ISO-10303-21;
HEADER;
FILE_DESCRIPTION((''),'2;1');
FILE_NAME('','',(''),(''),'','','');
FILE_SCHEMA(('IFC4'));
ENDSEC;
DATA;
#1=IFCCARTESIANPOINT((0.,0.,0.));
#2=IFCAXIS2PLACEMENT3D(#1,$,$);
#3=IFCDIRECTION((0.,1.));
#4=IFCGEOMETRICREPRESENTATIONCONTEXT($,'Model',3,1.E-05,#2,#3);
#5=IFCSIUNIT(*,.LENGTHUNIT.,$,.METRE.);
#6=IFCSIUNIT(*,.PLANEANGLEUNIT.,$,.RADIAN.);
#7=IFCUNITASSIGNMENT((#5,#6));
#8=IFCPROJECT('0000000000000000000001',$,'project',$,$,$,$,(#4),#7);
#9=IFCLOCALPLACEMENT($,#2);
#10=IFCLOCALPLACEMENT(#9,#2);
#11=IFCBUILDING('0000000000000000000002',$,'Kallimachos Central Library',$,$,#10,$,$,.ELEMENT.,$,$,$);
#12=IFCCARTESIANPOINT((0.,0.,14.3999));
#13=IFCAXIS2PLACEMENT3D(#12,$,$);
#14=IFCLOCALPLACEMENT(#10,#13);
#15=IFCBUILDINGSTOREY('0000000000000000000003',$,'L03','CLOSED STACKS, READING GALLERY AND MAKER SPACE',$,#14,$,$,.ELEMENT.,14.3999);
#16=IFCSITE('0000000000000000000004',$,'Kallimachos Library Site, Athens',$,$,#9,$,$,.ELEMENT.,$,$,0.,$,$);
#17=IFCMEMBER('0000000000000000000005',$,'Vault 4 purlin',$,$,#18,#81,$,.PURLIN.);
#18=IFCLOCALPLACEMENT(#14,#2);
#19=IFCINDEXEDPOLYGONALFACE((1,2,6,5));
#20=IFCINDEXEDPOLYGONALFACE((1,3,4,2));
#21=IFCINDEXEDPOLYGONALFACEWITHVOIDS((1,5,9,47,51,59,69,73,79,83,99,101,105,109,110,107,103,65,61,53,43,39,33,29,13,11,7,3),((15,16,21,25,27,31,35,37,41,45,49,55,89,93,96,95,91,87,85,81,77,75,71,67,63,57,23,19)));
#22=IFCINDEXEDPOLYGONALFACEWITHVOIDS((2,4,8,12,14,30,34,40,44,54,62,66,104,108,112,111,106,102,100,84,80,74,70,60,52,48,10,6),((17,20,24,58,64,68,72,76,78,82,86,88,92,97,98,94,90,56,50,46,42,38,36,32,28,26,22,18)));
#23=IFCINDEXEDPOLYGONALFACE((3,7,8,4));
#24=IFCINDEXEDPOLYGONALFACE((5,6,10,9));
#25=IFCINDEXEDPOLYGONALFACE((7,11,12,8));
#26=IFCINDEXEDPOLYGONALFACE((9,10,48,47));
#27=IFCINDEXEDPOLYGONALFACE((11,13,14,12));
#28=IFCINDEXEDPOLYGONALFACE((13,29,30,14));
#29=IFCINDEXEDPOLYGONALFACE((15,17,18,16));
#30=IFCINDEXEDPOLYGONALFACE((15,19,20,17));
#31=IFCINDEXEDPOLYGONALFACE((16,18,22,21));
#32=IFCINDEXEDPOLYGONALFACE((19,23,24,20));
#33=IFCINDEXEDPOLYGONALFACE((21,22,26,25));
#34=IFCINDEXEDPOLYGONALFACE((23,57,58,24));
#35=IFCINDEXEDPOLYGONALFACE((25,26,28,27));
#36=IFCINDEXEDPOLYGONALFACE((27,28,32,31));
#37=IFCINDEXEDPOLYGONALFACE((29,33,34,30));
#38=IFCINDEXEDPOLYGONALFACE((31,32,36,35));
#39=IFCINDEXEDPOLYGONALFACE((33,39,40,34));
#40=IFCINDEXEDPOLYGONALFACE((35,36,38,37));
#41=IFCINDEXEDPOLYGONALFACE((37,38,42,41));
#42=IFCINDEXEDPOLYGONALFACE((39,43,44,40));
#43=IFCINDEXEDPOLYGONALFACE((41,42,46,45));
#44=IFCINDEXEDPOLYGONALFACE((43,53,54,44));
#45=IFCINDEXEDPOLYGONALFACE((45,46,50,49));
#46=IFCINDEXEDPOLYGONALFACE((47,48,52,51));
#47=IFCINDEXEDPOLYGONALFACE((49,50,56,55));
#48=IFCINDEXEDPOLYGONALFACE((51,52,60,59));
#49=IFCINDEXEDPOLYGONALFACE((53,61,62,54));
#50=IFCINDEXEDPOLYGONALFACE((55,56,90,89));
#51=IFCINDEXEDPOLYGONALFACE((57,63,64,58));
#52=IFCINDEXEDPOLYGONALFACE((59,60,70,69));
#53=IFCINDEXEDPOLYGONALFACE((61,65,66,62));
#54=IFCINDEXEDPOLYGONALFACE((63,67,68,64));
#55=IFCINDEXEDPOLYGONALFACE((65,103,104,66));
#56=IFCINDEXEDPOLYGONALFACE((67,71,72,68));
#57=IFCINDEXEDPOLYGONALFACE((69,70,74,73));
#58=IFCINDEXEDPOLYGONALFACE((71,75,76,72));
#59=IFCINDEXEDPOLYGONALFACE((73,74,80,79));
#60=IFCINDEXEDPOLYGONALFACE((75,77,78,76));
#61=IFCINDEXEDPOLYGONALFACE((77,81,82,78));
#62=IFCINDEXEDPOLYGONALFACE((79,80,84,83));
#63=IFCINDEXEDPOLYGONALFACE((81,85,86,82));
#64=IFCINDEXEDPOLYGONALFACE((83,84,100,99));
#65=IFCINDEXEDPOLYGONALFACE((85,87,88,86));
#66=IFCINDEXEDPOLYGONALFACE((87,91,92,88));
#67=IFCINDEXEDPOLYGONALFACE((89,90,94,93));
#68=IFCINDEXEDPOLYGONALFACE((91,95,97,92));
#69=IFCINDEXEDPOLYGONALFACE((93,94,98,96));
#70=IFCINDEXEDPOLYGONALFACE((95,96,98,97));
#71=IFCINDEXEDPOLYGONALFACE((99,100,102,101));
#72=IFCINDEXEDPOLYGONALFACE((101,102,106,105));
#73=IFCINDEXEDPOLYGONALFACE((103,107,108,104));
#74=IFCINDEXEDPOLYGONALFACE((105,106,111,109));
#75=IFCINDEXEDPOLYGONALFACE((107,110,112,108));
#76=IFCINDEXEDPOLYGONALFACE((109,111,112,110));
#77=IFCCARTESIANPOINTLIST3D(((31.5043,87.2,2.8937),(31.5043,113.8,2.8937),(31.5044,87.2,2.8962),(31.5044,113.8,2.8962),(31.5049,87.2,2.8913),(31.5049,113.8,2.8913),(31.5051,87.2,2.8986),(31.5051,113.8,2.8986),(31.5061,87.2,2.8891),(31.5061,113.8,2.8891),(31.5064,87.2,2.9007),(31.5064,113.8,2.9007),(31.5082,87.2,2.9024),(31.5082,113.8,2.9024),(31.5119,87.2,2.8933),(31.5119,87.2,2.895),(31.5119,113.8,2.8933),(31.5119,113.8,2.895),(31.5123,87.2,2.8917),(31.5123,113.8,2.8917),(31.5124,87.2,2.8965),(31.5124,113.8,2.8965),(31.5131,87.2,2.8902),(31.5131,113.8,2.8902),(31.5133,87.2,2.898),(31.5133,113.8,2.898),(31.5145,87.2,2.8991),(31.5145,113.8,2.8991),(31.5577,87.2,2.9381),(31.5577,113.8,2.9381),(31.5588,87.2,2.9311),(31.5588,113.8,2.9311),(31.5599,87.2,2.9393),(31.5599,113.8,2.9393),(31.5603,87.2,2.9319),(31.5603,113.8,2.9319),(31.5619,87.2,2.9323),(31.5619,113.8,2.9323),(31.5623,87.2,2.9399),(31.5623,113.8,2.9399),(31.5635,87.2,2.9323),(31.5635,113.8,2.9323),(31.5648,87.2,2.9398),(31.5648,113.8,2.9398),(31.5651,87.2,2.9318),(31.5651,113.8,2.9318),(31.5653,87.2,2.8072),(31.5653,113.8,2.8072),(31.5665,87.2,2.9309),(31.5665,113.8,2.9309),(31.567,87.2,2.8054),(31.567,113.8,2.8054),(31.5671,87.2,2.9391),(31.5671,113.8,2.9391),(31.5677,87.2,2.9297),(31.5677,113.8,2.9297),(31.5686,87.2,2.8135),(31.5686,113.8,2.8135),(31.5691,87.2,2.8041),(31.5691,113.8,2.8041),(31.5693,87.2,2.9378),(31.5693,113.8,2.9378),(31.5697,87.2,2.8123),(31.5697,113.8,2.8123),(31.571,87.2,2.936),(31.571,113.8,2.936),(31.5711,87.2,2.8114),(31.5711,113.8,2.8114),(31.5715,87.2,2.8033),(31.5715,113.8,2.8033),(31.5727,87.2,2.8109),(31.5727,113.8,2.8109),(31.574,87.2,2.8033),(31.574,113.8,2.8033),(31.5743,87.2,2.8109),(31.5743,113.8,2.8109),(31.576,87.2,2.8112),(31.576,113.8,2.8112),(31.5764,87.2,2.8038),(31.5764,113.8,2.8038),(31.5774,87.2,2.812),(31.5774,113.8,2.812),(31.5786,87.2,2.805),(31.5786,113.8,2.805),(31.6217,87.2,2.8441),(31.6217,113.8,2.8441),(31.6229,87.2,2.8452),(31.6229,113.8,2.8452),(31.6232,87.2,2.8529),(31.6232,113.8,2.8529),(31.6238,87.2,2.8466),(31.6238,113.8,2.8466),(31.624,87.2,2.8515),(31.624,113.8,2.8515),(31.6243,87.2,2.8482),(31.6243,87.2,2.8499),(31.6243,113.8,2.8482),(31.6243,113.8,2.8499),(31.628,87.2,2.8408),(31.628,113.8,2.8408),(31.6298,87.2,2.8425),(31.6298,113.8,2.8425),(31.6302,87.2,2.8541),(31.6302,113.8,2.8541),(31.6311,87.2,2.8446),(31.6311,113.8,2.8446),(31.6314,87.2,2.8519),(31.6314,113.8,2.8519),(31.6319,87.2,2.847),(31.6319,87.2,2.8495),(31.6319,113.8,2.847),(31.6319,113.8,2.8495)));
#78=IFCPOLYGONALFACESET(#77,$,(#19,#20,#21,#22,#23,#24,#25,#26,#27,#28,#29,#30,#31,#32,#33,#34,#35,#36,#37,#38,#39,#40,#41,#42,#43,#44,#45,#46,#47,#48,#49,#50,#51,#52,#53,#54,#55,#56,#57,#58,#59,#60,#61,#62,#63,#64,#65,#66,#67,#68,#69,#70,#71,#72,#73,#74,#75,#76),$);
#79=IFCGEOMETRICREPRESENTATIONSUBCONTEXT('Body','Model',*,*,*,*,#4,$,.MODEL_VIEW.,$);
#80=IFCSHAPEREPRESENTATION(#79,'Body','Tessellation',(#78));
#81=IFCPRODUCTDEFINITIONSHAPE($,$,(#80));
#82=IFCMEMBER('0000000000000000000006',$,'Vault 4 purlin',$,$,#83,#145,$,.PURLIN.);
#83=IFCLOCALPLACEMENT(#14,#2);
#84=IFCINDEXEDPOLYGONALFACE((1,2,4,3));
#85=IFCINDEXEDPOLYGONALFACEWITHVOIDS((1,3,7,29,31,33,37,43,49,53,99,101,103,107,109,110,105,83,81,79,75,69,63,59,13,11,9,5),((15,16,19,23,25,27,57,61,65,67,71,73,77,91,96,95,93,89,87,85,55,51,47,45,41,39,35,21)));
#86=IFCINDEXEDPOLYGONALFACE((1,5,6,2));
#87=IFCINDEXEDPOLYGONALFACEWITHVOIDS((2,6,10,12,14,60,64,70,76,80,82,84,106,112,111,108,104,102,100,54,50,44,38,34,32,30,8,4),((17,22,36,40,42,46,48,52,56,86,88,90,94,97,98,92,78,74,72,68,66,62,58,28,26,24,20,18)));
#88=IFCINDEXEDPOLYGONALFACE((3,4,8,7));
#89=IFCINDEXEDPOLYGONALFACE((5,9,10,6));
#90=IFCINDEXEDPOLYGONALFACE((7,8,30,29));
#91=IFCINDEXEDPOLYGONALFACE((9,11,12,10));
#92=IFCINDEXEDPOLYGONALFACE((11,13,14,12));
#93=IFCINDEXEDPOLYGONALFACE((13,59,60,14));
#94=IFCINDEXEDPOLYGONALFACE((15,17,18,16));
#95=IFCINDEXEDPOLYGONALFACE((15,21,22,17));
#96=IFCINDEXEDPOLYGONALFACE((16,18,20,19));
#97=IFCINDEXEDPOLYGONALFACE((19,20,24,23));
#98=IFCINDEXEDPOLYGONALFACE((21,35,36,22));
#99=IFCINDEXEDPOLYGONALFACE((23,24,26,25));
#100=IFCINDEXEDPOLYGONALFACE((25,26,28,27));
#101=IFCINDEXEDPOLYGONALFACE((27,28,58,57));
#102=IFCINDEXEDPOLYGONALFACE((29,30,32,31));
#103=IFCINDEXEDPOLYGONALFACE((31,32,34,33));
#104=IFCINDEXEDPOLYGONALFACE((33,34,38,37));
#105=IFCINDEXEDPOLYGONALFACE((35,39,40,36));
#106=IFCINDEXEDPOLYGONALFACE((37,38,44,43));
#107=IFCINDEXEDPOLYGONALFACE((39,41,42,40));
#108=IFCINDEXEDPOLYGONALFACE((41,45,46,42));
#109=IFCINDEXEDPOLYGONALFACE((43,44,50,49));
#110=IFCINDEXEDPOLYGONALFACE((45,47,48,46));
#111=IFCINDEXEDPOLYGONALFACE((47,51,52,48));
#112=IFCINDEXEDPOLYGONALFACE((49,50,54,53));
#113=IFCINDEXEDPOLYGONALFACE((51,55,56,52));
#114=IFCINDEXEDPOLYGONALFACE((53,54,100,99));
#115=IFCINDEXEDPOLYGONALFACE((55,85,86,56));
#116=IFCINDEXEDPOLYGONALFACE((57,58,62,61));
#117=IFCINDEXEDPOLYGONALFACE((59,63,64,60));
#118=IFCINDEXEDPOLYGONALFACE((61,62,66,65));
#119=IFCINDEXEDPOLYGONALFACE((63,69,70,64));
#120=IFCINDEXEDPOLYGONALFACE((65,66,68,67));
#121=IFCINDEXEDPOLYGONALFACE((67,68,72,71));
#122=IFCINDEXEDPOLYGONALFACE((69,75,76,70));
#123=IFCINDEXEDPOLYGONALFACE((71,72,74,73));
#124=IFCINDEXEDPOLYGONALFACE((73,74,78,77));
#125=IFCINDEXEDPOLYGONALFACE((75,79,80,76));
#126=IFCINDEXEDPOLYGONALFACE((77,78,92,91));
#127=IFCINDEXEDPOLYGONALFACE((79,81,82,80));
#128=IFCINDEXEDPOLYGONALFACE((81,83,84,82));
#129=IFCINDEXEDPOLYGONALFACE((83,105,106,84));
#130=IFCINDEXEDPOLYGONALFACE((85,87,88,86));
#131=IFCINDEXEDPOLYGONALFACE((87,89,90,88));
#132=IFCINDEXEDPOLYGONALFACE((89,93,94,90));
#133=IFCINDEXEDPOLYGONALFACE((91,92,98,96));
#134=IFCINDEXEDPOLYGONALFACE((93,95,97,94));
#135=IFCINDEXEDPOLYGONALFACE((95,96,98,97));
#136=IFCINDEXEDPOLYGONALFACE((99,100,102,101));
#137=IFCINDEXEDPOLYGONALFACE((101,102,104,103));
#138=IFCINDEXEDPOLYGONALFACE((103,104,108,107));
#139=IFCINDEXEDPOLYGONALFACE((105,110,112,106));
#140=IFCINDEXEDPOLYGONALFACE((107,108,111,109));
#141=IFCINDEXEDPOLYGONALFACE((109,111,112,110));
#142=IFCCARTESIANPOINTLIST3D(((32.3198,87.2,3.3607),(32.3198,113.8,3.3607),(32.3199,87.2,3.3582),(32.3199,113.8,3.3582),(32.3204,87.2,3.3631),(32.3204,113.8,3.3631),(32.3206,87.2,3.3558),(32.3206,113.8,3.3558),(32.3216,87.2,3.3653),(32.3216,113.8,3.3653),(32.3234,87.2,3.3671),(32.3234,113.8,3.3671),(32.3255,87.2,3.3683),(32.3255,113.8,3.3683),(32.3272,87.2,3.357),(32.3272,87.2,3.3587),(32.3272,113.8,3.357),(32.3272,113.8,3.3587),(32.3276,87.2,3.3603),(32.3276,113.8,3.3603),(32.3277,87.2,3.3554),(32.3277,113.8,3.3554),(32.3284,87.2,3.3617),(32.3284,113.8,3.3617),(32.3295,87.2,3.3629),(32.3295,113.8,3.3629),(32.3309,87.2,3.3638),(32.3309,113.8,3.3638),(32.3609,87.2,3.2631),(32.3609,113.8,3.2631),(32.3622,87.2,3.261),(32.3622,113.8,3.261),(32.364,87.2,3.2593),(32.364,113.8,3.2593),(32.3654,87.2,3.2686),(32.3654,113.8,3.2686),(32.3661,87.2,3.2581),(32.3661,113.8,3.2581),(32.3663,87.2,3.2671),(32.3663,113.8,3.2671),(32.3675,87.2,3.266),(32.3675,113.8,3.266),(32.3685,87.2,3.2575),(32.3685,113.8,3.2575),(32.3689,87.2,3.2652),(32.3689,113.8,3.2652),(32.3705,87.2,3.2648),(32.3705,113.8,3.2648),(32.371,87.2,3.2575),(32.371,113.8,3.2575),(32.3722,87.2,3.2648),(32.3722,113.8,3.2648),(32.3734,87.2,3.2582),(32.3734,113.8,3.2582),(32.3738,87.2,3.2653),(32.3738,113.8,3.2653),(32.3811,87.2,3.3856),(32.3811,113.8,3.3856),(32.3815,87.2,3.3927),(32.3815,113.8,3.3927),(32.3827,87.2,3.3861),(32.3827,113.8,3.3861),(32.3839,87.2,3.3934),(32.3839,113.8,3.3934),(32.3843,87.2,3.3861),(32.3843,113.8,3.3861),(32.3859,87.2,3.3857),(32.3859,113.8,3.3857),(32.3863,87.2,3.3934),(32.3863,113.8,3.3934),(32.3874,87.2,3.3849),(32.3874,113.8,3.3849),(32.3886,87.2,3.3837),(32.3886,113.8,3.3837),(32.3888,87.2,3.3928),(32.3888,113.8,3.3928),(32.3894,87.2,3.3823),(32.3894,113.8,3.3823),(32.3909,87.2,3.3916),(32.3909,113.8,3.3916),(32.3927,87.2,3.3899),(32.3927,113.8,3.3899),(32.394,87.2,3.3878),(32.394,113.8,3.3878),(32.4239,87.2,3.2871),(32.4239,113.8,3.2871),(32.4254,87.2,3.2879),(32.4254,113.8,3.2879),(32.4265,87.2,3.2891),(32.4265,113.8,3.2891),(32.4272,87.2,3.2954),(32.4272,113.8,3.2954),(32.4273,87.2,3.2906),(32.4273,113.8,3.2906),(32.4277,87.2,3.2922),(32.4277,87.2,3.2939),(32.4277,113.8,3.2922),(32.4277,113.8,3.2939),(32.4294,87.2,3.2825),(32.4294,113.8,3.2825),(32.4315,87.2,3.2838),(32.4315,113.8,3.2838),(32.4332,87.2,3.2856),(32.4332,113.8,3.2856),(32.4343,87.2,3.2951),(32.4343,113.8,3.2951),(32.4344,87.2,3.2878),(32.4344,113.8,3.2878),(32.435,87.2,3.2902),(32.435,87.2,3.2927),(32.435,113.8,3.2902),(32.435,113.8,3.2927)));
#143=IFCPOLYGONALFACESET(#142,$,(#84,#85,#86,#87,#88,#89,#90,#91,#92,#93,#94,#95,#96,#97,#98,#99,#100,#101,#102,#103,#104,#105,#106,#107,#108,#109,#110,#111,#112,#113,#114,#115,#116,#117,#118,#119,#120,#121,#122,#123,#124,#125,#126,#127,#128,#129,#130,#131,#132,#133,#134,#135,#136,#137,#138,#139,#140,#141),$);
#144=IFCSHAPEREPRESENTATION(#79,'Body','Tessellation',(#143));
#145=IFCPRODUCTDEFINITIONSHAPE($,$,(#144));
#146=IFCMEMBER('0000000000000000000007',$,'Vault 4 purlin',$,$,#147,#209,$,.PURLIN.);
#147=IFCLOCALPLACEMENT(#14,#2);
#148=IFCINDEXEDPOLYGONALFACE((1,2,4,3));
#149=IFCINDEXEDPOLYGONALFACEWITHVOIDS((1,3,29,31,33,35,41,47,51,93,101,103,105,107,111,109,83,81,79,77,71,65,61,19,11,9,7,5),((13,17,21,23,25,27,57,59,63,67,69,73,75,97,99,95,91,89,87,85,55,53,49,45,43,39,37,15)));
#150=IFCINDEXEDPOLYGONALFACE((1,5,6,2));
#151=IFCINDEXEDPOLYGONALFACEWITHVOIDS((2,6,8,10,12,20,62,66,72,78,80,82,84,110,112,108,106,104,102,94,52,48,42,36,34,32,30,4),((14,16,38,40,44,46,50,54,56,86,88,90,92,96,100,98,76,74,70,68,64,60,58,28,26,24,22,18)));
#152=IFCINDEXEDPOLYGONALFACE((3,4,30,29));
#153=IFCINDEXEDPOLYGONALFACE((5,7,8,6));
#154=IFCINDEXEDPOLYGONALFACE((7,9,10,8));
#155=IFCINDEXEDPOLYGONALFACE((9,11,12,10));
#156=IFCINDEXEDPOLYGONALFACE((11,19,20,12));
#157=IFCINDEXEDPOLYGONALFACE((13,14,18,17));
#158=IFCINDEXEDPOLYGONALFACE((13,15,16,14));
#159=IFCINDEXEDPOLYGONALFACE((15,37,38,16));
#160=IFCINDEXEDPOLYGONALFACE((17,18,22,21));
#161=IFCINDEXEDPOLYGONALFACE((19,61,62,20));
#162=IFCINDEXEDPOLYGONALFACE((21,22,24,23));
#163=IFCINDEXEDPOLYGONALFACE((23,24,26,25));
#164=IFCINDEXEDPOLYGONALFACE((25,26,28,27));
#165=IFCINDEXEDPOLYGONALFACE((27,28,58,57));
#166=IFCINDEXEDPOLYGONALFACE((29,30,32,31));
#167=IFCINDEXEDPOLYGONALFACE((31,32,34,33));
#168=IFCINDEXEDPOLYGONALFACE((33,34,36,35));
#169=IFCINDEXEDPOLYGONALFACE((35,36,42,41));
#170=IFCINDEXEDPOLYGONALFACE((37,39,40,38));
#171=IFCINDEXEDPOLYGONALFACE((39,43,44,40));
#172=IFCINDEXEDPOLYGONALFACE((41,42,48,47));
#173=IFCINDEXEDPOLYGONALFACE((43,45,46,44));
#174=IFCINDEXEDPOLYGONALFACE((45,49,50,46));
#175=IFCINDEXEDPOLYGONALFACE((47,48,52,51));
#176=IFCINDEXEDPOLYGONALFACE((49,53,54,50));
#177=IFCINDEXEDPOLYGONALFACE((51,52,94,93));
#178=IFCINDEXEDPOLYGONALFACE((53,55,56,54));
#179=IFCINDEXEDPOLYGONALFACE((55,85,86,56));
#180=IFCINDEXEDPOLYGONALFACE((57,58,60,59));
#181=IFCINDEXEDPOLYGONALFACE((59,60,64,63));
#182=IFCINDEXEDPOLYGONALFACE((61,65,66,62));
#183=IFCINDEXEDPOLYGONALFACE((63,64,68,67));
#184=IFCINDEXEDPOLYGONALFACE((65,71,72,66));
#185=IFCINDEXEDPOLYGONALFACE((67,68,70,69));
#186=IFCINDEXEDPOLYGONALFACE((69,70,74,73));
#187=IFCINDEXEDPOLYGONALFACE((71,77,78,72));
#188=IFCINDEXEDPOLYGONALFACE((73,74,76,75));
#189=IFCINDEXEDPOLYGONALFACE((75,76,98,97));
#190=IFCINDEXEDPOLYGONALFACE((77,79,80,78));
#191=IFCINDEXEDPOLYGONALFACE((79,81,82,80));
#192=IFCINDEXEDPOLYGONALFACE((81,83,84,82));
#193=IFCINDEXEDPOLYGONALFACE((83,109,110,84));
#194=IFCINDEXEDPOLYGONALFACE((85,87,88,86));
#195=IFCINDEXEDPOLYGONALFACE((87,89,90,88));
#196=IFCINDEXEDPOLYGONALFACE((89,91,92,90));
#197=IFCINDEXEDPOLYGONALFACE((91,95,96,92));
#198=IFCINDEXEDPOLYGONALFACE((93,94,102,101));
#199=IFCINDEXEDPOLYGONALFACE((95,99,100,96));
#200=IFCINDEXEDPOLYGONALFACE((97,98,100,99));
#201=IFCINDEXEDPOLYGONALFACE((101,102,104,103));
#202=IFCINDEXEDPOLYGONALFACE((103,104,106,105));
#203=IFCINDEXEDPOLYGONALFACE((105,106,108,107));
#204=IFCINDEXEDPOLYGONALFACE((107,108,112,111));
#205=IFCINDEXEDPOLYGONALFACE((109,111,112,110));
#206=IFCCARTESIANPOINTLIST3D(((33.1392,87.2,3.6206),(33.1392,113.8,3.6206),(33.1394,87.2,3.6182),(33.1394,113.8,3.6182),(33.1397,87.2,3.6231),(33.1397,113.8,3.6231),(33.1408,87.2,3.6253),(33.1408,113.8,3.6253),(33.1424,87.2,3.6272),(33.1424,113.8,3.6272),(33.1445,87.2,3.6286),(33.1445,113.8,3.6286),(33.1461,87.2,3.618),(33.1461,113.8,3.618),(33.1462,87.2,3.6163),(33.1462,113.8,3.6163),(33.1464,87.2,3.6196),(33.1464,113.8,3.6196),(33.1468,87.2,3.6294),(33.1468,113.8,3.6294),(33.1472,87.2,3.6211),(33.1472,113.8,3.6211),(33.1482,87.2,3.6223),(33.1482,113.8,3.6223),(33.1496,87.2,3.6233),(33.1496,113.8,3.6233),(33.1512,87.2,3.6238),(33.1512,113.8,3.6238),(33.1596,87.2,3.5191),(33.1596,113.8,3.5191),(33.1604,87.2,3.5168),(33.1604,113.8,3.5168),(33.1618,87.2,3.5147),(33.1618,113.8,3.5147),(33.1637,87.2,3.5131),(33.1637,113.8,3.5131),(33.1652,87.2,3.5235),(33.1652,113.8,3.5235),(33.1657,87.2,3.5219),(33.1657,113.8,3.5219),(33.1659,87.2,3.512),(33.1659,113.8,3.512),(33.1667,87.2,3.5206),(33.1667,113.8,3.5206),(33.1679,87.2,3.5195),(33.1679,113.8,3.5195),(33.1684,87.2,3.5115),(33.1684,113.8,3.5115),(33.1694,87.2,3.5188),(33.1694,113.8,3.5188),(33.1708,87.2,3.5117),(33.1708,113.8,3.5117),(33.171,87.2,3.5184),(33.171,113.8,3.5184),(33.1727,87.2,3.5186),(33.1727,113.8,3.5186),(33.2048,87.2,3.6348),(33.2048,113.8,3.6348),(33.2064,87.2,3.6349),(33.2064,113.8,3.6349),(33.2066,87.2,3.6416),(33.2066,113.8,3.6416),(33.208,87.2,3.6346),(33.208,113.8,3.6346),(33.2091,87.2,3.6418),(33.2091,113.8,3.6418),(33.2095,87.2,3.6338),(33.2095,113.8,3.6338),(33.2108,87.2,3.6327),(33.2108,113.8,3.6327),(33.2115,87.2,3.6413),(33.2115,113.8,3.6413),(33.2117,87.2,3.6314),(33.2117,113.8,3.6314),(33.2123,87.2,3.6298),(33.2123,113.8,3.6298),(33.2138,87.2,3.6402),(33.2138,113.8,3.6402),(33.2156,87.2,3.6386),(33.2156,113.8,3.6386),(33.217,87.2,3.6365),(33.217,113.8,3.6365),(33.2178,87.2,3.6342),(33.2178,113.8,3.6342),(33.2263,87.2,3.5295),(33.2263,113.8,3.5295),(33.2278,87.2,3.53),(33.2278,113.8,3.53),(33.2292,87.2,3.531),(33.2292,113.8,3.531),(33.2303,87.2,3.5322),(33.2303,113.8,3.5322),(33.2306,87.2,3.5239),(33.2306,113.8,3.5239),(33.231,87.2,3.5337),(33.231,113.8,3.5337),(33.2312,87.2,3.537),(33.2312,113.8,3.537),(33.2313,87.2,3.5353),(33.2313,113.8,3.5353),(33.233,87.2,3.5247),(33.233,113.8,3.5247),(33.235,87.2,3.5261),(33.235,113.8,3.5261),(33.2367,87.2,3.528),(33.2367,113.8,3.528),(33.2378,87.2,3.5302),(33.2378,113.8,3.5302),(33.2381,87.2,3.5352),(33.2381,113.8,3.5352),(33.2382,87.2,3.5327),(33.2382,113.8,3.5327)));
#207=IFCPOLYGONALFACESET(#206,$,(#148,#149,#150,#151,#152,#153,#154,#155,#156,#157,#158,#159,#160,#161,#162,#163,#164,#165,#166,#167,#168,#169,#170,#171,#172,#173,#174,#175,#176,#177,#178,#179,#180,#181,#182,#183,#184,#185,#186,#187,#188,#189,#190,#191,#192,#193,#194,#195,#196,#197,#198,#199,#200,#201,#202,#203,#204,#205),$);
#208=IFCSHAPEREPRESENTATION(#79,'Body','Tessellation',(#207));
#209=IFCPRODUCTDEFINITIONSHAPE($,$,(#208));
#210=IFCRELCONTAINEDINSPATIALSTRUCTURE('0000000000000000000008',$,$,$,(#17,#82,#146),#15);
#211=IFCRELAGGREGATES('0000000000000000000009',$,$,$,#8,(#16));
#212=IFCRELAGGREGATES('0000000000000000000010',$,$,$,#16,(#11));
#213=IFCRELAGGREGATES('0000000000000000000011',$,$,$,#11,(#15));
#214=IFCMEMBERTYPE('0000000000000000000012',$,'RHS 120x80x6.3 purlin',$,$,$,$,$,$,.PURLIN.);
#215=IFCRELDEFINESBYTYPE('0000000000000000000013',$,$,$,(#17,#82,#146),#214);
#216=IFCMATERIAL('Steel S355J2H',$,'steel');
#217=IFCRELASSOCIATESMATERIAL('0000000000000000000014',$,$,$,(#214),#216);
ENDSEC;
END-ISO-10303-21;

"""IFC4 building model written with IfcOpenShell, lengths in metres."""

from ifc_helpers import new_model, si_unit, direction, frame, origin, origin_2d, place, context, subcontext, project, spatial, hollow_rectangle, extrude, material, material_profile, profile_set, type_object, element, save


model = new_model("IFC4")

# Units and contexts
model_context = context("Model", 3, precision=1e-05, world=origin(), true_north=direction((0.0, 1.0)))
body_context = subcontext(model_context, "Body", "Model", "MODEL_VIEW")
ifc_project = project(units=[si_unit("LENGTHUNIT", "METRE"), si_unit("PLANEANGLEUNIT", "RADIAN")], contexts=[model_context])

# Site, building, storey
site_placement = place(None, origin())
site = spatial("IfcSite", under=ifc_project, at=site_placement, Name="Kallimachos Library Site, Athens", CompositionType="ELEMENT", RefElevation=0.0)
building_placement = place(site_placement, origin())
building = spatial("IfcBuilding", under=site, at=building_placement, Name="Kallimachos Central Library", CompositionType="ELEMENT")
storey_placement = place(building_placement, frame((0.0, 0.0, 14.3999)))
storey = spatial("IfcBuildingStorey", under=building, at=storey_placement, Name="L03", Description="CLOSED STACKS, READING GALLERY AND MAKER SPACE", CompositionType="ELEMENT", Elevation=14.3999)

# Members
ifc_material_1 = material(Name="Steel S355J2H", Category="steel")
ifc_material_profile = material_profile(ifc_material_1, hollow_rectangle(XDim=0.0801, YDim=0.1201, WallThickness=0.0063, InnerFilletRadius=0.0063, OuterFilletRadius=0.0095, at=origin_2d()), Name="RHS 120x80x6.3")
ifc_profile_set = profile_set([ifc_material_profile], Name="Steel S355J2H")
member_type = type_object("IfcMemberType", Name="RHS 120x80x6.3 purlin", PredefinedType="PURLIN", material=ifc_profile_set)
for number, where, z_axis, x_axis, name in (
    (1, (31.5681, 87.2, 2.8716), (0.0, 1.0, 0.0), (-0.810449, 0.0, -0.585809), "Vault 4 purlin"),
    (2, (32.3774, 87.2, 3.3254), (0.0, 1.0, 0.0), (-0.917005, 0.0, -0.398876), "Vault 4 purlin"),
    (3, (33.1887, 87.2, 3.5767), (0.0, 1.0, 0.0), (-0.979797, 0.0, -0.199994), "Vault 4 purlin"),
):
    element("IfcMember", number, at=place(storey_placement, frame(where, z_axis=z_axis, x_axis=x_axis)), inside=storey, type_object=member_type, Name=name, PredefinedType="PURLIN", context=body_context, shape_type="SweptSolid", body=[
        extrude(hollow_rectangle(XDim=0.0801, YDim=0.1201, WallThickness=0.0063, InnerFilletRadius=0.0063, OuterFilletRadius=0.0095, at=origin_2d()), origin(), (0.0, 0.0, 1.0), 26.6001),
    ])

save(model, "model.ifc")
